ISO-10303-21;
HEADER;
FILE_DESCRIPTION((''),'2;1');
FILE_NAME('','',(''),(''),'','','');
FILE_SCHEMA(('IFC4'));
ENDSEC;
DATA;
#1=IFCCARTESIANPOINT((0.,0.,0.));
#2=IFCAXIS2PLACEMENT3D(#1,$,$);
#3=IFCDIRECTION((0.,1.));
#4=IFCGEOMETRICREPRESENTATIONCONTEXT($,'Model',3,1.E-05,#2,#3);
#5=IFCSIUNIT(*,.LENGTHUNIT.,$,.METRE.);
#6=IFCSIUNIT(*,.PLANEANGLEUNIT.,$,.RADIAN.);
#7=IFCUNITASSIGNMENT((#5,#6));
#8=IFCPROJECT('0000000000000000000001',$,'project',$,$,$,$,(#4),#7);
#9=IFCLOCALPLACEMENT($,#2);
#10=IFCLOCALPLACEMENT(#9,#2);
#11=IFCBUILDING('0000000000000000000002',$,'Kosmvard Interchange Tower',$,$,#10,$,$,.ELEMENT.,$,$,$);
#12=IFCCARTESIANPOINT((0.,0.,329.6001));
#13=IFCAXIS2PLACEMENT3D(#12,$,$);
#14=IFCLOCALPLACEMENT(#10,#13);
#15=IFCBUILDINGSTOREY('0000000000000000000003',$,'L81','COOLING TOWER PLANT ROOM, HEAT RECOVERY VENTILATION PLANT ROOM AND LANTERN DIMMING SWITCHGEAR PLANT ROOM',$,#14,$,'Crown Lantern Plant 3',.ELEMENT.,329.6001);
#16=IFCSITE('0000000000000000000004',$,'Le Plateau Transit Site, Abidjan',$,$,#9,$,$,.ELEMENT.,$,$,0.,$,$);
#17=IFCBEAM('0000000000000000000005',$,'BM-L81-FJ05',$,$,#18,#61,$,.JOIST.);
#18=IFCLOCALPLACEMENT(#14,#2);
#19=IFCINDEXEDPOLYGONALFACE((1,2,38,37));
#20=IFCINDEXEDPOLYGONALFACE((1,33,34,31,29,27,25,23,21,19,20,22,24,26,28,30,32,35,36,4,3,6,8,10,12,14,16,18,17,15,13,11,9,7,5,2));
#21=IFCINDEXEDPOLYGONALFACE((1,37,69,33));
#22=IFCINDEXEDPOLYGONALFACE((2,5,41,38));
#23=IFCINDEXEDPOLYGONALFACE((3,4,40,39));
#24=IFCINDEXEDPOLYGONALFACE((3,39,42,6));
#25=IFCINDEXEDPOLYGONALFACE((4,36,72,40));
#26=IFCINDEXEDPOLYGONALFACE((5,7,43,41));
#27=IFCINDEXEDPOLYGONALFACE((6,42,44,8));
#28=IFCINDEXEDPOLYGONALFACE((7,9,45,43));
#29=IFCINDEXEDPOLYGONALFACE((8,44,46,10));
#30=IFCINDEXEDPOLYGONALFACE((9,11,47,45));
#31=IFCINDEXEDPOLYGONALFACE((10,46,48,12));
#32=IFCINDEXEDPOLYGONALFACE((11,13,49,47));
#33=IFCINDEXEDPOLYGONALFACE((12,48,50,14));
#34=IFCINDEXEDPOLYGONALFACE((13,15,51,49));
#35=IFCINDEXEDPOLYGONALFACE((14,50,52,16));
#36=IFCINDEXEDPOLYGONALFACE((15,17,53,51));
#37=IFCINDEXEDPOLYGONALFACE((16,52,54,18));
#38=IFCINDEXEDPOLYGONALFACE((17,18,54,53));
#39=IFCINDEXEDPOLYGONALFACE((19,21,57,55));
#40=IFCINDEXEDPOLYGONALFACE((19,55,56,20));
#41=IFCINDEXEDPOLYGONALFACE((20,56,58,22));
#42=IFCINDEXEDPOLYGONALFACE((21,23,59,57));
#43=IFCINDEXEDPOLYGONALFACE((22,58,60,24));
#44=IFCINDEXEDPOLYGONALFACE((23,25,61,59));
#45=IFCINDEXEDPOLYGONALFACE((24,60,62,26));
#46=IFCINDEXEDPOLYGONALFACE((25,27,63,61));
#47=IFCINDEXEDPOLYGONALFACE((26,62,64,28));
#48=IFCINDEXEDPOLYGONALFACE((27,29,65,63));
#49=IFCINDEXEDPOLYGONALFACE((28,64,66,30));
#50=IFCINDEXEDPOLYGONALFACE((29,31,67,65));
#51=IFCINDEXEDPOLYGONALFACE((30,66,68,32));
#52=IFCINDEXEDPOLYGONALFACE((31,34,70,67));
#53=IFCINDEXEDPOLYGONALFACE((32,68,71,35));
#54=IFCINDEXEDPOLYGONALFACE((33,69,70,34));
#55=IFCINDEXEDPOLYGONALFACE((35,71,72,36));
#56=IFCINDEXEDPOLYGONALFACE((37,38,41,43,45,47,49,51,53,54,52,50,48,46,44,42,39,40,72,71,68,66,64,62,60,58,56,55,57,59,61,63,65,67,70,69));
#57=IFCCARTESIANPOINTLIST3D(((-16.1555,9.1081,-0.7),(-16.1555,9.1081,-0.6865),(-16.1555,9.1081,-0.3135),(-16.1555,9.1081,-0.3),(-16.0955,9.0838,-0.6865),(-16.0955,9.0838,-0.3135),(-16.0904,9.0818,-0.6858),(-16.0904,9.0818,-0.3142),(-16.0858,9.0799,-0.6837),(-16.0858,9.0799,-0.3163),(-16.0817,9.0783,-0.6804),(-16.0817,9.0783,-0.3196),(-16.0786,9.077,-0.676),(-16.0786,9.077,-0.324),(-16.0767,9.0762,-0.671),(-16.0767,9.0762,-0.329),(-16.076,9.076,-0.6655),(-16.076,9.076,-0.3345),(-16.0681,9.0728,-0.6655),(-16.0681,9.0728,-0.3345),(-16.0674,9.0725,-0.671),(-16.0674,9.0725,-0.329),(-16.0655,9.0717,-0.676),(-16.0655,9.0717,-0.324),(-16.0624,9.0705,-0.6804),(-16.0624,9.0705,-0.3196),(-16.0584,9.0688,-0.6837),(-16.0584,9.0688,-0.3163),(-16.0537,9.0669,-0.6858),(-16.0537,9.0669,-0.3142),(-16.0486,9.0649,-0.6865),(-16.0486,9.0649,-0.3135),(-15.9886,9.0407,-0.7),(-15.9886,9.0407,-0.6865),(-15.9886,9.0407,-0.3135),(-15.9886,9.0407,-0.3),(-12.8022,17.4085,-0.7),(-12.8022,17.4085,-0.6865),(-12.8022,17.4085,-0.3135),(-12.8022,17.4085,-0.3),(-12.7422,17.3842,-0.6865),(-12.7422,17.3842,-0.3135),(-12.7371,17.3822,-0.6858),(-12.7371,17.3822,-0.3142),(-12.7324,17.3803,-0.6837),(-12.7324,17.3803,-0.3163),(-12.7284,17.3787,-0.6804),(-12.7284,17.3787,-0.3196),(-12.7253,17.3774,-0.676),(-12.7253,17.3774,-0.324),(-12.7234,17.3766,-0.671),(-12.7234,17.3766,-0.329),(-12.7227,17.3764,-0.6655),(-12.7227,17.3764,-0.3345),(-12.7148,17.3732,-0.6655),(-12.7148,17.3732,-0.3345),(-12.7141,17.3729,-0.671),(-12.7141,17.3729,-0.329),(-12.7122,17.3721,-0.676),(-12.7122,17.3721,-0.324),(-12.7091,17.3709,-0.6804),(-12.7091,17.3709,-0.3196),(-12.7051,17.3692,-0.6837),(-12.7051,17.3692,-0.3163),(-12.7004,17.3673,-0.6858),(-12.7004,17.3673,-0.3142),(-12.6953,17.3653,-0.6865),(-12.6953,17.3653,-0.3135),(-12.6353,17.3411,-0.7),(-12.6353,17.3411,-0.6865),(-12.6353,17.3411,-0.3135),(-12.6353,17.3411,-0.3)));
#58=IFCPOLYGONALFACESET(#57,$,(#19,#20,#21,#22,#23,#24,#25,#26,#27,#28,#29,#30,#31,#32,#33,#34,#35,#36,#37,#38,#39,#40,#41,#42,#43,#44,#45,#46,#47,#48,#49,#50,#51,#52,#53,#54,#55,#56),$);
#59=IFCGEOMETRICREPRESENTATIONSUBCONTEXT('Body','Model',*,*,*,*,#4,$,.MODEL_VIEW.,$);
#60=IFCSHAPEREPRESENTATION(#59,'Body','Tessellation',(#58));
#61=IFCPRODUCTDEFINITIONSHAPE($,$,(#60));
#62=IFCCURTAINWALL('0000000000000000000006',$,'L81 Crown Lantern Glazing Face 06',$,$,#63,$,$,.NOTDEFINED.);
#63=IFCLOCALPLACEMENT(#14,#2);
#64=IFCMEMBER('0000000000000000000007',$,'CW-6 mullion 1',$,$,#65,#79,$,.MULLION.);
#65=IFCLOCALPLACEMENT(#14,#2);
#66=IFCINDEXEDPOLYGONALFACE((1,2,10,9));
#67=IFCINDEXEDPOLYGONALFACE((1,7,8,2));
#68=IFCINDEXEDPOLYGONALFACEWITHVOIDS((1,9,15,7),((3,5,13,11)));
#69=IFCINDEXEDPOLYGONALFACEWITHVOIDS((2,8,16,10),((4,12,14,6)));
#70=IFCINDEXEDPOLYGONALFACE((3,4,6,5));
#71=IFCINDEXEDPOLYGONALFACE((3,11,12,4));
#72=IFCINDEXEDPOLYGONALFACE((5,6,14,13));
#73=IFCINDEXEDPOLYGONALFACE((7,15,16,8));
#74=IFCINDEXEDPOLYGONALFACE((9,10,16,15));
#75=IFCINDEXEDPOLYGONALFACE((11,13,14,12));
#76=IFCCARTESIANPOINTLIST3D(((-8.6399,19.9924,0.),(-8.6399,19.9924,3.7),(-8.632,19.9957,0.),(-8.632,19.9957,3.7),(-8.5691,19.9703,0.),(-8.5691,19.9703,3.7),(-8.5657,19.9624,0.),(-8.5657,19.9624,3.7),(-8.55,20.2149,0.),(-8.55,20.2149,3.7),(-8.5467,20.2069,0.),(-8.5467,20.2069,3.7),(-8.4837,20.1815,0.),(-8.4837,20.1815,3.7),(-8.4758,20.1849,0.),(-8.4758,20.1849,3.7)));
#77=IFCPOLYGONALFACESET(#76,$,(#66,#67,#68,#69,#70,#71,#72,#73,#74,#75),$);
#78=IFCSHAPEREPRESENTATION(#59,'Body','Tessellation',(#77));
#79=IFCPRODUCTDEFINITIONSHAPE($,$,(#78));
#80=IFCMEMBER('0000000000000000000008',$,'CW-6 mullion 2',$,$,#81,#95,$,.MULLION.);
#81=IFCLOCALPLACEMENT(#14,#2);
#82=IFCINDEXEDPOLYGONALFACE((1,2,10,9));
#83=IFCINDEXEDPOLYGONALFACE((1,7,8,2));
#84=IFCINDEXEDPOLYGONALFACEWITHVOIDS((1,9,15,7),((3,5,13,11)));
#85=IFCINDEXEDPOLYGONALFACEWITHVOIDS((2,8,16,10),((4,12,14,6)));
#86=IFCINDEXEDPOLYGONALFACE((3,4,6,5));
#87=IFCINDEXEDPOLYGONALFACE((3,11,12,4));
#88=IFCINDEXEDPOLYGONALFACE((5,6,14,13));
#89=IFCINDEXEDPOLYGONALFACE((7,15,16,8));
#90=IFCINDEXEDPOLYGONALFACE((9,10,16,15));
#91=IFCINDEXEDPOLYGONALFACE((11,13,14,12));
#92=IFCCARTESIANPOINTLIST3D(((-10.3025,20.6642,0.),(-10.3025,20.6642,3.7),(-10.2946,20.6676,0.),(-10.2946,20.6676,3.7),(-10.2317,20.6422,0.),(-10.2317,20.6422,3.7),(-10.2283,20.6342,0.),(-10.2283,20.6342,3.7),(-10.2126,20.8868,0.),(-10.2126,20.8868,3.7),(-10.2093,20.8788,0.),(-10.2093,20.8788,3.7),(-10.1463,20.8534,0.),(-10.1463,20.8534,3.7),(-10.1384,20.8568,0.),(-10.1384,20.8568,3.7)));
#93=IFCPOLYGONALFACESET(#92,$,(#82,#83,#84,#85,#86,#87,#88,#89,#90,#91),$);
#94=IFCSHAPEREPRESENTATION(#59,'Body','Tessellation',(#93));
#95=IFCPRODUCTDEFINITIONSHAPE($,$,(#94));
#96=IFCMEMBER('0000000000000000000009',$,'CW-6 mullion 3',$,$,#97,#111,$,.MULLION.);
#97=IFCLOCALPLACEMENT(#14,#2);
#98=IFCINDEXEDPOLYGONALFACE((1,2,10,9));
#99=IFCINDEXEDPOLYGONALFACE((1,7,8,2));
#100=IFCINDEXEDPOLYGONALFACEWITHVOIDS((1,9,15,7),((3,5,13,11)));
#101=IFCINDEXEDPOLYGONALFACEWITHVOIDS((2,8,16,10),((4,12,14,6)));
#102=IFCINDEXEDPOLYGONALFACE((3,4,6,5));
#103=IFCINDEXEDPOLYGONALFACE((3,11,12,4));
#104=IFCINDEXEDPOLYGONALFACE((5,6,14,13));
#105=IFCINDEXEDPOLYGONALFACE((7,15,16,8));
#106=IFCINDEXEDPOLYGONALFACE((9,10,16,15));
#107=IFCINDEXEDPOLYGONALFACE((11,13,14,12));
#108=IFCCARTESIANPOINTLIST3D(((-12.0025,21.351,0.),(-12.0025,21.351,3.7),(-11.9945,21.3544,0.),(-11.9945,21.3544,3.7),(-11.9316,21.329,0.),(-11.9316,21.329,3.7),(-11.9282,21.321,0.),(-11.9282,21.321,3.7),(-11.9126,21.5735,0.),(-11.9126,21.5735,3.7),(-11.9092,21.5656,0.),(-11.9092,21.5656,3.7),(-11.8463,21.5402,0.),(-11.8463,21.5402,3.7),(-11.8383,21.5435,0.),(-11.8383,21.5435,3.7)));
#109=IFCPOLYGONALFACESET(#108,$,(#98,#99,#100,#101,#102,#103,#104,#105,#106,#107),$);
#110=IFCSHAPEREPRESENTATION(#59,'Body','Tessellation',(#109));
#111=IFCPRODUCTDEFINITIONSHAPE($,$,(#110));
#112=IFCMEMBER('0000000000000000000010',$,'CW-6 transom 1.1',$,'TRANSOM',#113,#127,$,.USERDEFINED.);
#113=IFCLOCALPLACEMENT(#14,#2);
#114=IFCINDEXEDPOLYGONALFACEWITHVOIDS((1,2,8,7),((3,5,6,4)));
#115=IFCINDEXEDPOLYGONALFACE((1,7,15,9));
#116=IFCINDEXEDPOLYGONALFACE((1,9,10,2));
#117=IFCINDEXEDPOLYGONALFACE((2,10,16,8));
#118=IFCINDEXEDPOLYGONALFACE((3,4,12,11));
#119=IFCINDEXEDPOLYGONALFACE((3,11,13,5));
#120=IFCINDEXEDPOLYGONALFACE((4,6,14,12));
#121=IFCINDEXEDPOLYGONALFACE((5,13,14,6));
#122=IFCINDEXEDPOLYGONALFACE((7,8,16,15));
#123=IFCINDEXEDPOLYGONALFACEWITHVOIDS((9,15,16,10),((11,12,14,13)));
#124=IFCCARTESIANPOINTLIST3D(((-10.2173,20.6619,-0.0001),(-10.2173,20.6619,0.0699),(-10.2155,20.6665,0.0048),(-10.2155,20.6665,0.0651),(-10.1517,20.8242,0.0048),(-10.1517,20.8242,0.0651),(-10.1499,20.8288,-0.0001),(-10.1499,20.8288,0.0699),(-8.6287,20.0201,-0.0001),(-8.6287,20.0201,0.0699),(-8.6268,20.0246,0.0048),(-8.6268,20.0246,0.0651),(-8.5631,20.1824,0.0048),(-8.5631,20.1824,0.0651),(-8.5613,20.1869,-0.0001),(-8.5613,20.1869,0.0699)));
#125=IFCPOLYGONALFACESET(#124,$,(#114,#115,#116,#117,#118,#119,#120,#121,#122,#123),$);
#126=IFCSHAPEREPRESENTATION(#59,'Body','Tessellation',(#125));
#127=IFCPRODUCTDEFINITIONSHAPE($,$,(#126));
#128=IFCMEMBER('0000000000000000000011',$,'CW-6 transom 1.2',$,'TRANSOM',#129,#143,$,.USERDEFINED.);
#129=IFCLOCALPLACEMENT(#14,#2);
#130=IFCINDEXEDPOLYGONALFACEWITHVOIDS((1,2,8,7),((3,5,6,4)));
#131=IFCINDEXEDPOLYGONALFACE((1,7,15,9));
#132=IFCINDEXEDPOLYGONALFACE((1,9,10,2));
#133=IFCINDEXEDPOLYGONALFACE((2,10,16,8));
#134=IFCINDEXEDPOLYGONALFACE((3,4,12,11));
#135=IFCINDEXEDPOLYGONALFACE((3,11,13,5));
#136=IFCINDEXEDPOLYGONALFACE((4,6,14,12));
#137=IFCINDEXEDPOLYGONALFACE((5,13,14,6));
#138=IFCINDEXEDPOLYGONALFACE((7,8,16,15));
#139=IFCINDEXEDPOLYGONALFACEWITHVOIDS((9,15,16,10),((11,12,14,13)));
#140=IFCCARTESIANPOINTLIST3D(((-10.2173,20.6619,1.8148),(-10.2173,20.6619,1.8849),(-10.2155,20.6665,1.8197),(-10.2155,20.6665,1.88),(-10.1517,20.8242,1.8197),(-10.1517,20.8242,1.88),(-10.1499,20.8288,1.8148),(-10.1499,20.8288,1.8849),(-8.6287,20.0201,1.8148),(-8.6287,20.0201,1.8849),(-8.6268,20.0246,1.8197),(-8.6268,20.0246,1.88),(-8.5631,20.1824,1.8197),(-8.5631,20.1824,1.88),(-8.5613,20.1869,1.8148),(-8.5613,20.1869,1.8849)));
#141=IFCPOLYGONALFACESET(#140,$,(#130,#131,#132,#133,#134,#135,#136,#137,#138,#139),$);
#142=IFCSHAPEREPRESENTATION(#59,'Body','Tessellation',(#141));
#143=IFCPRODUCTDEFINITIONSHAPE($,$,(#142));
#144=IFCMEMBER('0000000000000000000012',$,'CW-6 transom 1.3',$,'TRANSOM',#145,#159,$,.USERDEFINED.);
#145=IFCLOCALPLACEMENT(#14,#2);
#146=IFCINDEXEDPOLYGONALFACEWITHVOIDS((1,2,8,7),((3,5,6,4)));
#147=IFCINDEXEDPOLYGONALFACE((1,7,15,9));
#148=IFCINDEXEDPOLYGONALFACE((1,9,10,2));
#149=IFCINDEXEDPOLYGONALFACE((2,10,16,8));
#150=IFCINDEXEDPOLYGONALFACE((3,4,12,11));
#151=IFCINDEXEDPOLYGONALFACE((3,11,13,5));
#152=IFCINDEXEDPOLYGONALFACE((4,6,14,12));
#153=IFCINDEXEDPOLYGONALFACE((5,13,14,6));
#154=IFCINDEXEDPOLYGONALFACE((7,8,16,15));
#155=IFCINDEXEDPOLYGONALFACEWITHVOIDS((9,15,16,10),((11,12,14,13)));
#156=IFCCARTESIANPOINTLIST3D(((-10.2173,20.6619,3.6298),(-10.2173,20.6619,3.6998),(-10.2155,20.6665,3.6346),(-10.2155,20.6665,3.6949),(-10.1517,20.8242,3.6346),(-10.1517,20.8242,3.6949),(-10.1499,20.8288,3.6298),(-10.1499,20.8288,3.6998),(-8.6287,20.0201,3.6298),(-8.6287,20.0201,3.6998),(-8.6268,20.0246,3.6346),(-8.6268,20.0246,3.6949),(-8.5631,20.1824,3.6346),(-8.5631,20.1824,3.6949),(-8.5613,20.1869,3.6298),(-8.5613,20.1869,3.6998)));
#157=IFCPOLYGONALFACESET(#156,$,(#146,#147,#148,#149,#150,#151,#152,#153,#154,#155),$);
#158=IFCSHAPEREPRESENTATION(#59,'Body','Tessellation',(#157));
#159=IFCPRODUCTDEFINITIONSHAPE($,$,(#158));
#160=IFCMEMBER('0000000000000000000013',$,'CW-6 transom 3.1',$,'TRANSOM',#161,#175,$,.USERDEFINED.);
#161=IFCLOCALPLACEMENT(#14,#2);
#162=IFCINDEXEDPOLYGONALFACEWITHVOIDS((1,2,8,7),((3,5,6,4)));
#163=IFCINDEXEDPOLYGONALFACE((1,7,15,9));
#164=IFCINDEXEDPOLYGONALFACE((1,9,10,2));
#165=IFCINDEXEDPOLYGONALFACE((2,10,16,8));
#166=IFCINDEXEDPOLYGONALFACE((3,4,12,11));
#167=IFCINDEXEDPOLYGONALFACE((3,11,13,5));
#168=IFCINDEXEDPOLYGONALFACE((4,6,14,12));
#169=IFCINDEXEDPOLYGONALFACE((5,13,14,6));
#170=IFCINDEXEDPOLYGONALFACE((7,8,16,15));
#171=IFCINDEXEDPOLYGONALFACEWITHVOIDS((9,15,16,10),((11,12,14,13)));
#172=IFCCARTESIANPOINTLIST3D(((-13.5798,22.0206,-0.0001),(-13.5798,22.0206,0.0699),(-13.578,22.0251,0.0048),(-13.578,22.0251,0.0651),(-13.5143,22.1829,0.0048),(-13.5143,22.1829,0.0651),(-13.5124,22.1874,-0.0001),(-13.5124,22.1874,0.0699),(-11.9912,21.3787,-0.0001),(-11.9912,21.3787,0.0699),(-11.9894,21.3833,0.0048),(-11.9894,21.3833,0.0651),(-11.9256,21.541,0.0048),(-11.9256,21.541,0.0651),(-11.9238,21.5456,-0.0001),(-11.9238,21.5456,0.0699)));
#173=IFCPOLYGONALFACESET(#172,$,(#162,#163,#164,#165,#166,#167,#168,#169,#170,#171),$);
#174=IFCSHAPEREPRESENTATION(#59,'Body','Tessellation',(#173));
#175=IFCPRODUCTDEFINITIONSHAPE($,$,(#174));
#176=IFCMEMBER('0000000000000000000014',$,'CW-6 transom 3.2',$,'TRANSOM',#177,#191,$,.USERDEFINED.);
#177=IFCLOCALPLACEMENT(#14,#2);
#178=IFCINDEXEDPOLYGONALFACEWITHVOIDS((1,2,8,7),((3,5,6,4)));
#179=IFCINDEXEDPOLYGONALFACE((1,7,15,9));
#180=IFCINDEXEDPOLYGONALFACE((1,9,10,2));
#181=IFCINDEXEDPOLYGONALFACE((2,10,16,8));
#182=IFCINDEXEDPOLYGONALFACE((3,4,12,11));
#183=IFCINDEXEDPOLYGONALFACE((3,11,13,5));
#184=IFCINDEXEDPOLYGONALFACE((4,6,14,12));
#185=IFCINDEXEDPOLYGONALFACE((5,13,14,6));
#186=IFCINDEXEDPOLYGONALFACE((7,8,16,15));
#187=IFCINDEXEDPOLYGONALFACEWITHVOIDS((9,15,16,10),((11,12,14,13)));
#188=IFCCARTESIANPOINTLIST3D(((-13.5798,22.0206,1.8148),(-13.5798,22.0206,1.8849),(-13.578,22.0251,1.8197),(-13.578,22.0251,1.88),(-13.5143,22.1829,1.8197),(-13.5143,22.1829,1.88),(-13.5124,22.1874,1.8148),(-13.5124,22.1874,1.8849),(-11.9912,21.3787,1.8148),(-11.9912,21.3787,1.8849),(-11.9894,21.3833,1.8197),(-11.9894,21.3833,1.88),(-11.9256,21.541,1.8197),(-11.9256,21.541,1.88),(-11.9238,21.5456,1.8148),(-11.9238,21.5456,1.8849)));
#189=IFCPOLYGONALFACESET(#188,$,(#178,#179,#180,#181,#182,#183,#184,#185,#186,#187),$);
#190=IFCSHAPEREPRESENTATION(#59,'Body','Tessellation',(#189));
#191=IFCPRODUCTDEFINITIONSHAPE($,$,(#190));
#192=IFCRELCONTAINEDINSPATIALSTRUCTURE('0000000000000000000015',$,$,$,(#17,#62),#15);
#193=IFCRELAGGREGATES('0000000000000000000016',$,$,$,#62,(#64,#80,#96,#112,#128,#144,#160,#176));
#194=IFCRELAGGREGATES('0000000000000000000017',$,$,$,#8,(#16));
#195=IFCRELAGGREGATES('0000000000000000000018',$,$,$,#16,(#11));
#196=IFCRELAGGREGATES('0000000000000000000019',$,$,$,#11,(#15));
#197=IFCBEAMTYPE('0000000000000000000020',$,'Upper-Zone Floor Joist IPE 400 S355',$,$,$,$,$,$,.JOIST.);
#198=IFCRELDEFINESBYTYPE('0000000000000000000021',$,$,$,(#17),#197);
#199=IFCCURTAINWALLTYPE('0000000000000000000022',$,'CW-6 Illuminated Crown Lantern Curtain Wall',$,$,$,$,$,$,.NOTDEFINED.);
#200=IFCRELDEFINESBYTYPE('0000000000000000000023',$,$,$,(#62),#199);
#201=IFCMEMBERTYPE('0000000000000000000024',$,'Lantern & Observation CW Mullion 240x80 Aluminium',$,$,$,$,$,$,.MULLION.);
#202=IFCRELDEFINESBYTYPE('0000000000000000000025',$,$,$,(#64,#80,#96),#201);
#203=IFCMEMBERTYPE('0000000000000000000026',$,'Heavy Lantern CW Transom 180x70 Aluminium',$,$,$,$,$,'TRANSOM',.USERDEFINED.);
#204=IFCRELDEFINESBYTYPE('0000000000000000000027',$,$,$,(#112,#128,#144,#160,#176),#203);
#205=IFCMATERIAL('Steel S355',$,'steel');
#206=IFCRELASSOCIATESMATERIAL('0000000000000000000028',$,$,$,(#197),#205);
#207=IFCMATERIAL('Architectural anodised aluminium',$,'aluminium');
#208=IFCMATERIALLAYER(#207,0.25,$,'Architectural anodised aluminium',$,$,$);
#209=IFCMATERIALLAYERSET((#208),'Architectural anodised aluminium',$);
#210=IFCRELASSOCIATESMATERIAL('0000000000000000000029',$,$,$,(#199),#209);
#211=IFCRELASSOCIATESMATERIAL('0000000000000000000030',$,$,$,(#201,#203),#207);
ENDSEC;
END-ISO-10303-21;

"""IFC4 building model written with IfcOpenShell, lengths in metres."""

from ifc_helpers import new_model, si_unit, direction, frame, origin, origin_2d, place, context, subcontext, project, spatial, hollow_rectangle, i_section, extrude, source, transform, mapped, material, layer, layer_set, material_profile, profile_set, type_object, element, aggregate, save


model = new_model("IFC4")

# Units and contexts
model_context = context("Model", 3, precision=1e-05, world=origin(), true_north=direction((0.0, 1.0)))
body_context = subcontext(model_context, "Body", "Model", "MODEL_VIEW")
ifc_project = project(units=[si_unit("LENGTHUNIT", "METRE"), si_unit("PLANEANGLEUNIT", "RADIAN")], contexts=[model_context])

# Site, building, storey
site_placement = place(None, origin())
site = spatial("IfcSite", under=ifc_project, at=site_placement, Name="Le Plateau Transit Site, Abidjan", CompositionType="ELEMENT", RefElevation=0.0)
building_placement = place(site_placement, origin())
building = spatial("IfcBuilding", under=site, at=building_placement, Name="Kosmvard Interchange Tower", CompositionType="ELEMENT")
storey_placement = place(building_placement, frame((0.0, 0.0, 329.6001)))
storey = spatial("IfcBuildingStorey", under=building, at=storey_placement, Name="L81", Description="COOLING TOWER PLANT ROOM, HEAT RECOVERY VENTILATION PLANT ROOM AND LANTERN DIMMING SWITCHGEAR PLANT ROOM", LongName="Crown Lantern Plant 3", CompositionType="ELEMENT", Elevation=329.6001)

# Shared definitions
ifc_material_1 = material(Name="Steel S355", Category="steel")

# Beam
ifc_material_profile_1 = material_profile(ifc_material_1, i_section(OverallWidth=0.1799, OverallDepth=0.3999, WebThickness=0.0085, FlangeThickness=0.0134, FilletRadius=0.021, at=origin_2d()), Name="IPE 400")
ifc_profile_set_1 = profile_set([ifc_material_profile_1], Name="Steel S355")
beam_type_1 = type_object("IfcBeamType", Name="Upper-Zone Floor Joist IPE 400 S355", PredefinedType="JOIST", material=ifc_profile_set_1)
shared_shape_1 = source(origin(), body_context, "Body", "SweptSolid", [
    extrude(i_section(OverallWidth=0.1799, OverallDepth=0.3999, WebThickness=0.0085, FlangeThickness=0.0134, FilletRadius=0.021, at=origin_2d()), origin(), (0.0, 0.0, 1.0), 8.9521),
])
beam_1_placement = place(storey_placement, frame((-12.7188, 17.3748, -0.5), z_axis=(-0.374581, -0.927194, 0.0), x_axis=(0.927194, -0.374581, 0.0)))
element("IfcBeam", 1, at=beam_1_placement, inside=storey, type_object=beam_type_1, Name="BM-L81-FJ05", PredefinedType="JOIST", context=body_context, shape_type="MappedRepresentation", body=[
    mapped(shared_shape_1, transform((0.0, 0.0, 0.0), scale=1.0)),
])

# Curtain wall, members
ifc_material_2 = material(Name="Architectural anodised aluminium", Category="aluminium")
ifc_layer_1 = layer(ifc_material_2, 0.25, Name="Architectural anodised aluminium")
ifc_layer_set_1 = layer_set([ifc_layer_1], Name="Architectural anodised aluminium")
curtain_wall_type = type_object("IfcCurtainWallType", Name="CW-6 Illuminated Crown Lantern Curtain Wall", PredefinedType="NOTDEFINED", material=ifc_layer_set_1)
curtain_wall_placement = place(storey_placement, origin())
curtain_wall = element("IfcCurtainWall", 2, at=curtain_wall_placement, inside=storey, type_object=curtain_wall_type, Name="L81 Crown Lantern Glazing Face 06", PredefinedType="NOTDEFINED")
ifc_material_profile_2 = material_profile(ifc_material_2, hollow_rectangle(XDim=0.24, YDim=0.0801, WallThickness=0.0061, at=origin_2d()), Name="CWM 240x80x6")
ifc_profile_set_2 = profile_set([ifc_material_profile_2], Name="Architectural anodised aluminium")
member_type_1 = type_object("IfcMemberType", Name="Lantern & Observation CW Mullion 240x80 Aluminium", PredefinedType="MULLION", material=ifc_profile_set_2)
shared_shape_2 = source(origin(), body_context, "Body", "SweptSolid", [
    extrude(hollow_rectangle(XDim=0.24, YDim=0.0801, WallThickness=0.0061, at=origin_2d()), origin(), (0.0, 0.0, 1.0), 3.7),
])
member_1_placement = place(storey_placement, frame((-8.5579, 20.0886, 0.0), z_axis=(0.0, 0.0, 1.0), x_axis=(-0.374607, -0.927184, 0.0)))
member_1 = element("IfcMember", 3, at=member_1_placement, type_object=member_type_1, Name="CW-6 mullion 1", PredefinedType="MULLION", context=body_context, shape_type="MappedRepresentation", body=[
    mapped(shared_shape_2, transform((0.0, 0.0, 0.0), scale=1.0)),
])
member_2_placement = place(storey_placement, frame((-10.2205, 20.7605, 0.0), z_axis=(0.0, 0.0, 1.0), x_axis=(-0.374607, -0.927184, 0.0)))
member_2 = element("IfcMember", 4, at=member_2_placement, type_object=member_type_1, Name="CW-6 mullion 2", PredefinedType="MULLION", context=body_context, shape_type="MappedRepresentation", body=[
    mapped(shared_shape_2, transform((0.0, 0.0, 0.0), scale=1.0)),
])
member_3_placement = place(storey_placement, frame((-11.9204, 21.4473, 0.0), z_axis=(0.0, 0.0, 1.0), x_axis=(-0.374607, -0.927184, 0.0)))
member_3 = element("IfcMember", 5, at=member_3_placement, type_object=member_type_1, Name="CW-6 mullion 3", PredefinedType="MULLION", context=body_context, shape_type="MappedRepresentation", body=[
    mapped(shared_shape_2, transform((0.0, 0.0, 0.0), scale=1.0)),
])
ifc_material_profile_3 = material_profile(ifc_material_2, hollow_rectangle(XDim=0.1799, YDim=0.0701, WallThickness=0.0049, at=origin_2d()), Name="CWT 180x70x5")
ifc_profile_set_3 = profile_set([ifc_material_profile_3], Name="Architectural anodised aluminium")
member_type_2 = type_object("IfcMemberType", Name="Heavy Lantern CW Transom 180x70 Aluminium", ElementType="TRANSOM", PredefinedType="USERDEFINED", material=ifc_profile_set_3)
shared_shape_3 = source(origin(), body_context, "Body", "SweptSolid", [
    extrude(hollow_rectangle(XDim=0.1799, YDim=0.0701, WallThickness=0.0049, at=origin_2d()), origin(), (0.0, 0.0, 1.0), 1.7134),
])
member_4_placement = place(storey_placement, frame((-8.595, 20.1035, 0.0349), z_axis=(-0.927184, 0.374607, 0.0), x_axis=(-0.374607, -0.927184, 0.0)))
member_4 = element("IfcMember", 6, at=member_4_placement, type_object=member_type_2, Name="CW-6 transom 1.1", ObjectType="TRANSOM", PredefinedType="USERDEFINED", context=body_context, shape_type="MappedRepresentation", body=[
    mapped(shared_shape_3, transform((0.0, 0.0, 0.0), scale=1.0)),
])
member_5_placement = place(storey_placement, frame((-8.595, 20.1035, 1.8499), z_axis=(-0.927184, 0.374607, 0.0), x_axis=(-0.374607, -0.927184, 0.0)))
member_5 = element("IfcMember", 7, at=member_5_placement, type_object=member_type_2, Name="CW-6 transom 1.2", ObjectType="TRANSOM", PredefinedType="USERDEFINED", context=body_context, shape_type="MappedRepresentation", body=[
    mapped(shared_shape_3, transform((0.0, 0.0, 0.0), scale=1.0)),
])
member_6_placement = place(storey_placement, frame((-8.595, 20.1035, 3.6648), z_axis=(-0.927184, 0.374607, 0.0), x_axis=(-0.374607, -0.927184, 0.0)))
member_6 = element("IfcMember", 8, at=member_6_placement, type_object=member_type_2, Name="CW-6 transom 1.3", ObjectType="TRANSOM", PredefinedType="USERDEFINED", context=body_context, shape_type="MappedRepresentation", body=[
    mapped(shared_shape_3, transform((0.0, 0.0, 0.0), scale=1.0)),
])
member_7_placement = place(storey_placement, frame((-11.9575, 21.4622, 0.0349), z_axis=(-0.927184, 0.374607, 0.0), x_axis=(-0.374607, -0.927184, 0.0)))
member_7 = element("IfcMember", 9, at=member_7_placement, type_object=member_type_2, Name="CW-6 transom 3.1", ObjectType="TRANSOM", PredefinedType="USERDEFINED", context=body_context, shape_type="MappedRepresentation", body=[
    mapped(shared_shape_3, transform((0.0, 0.0, 0.0), scale=1.0)),
])
member_8_placement = place(storey_placement, frame((-11.9575, 21.4622, 1.8499), z_axis=(-0.927184, 0.374607, 0.0), x_axis=(-0.374607, -0.927184, 0.0)))
member_8 = element("IfcMember", 10, at=member_8_placement, type_object=member_type_2, Name="CW-6 transom 3.2", ObjectType="TRANSOM", PredefinedType="USERDEFINED", context=body_context, shape_type="MappedRepresentation", body=[
    mapped(shared_shape_3, transform((0.0, 0.0, 0.0), scale=1.0)),
])

aggregate(curtain_wall, [member_1, member_2, member_3, member_4, member_5, member_6, member_7, member_8])

save(model, "model.ifc")
